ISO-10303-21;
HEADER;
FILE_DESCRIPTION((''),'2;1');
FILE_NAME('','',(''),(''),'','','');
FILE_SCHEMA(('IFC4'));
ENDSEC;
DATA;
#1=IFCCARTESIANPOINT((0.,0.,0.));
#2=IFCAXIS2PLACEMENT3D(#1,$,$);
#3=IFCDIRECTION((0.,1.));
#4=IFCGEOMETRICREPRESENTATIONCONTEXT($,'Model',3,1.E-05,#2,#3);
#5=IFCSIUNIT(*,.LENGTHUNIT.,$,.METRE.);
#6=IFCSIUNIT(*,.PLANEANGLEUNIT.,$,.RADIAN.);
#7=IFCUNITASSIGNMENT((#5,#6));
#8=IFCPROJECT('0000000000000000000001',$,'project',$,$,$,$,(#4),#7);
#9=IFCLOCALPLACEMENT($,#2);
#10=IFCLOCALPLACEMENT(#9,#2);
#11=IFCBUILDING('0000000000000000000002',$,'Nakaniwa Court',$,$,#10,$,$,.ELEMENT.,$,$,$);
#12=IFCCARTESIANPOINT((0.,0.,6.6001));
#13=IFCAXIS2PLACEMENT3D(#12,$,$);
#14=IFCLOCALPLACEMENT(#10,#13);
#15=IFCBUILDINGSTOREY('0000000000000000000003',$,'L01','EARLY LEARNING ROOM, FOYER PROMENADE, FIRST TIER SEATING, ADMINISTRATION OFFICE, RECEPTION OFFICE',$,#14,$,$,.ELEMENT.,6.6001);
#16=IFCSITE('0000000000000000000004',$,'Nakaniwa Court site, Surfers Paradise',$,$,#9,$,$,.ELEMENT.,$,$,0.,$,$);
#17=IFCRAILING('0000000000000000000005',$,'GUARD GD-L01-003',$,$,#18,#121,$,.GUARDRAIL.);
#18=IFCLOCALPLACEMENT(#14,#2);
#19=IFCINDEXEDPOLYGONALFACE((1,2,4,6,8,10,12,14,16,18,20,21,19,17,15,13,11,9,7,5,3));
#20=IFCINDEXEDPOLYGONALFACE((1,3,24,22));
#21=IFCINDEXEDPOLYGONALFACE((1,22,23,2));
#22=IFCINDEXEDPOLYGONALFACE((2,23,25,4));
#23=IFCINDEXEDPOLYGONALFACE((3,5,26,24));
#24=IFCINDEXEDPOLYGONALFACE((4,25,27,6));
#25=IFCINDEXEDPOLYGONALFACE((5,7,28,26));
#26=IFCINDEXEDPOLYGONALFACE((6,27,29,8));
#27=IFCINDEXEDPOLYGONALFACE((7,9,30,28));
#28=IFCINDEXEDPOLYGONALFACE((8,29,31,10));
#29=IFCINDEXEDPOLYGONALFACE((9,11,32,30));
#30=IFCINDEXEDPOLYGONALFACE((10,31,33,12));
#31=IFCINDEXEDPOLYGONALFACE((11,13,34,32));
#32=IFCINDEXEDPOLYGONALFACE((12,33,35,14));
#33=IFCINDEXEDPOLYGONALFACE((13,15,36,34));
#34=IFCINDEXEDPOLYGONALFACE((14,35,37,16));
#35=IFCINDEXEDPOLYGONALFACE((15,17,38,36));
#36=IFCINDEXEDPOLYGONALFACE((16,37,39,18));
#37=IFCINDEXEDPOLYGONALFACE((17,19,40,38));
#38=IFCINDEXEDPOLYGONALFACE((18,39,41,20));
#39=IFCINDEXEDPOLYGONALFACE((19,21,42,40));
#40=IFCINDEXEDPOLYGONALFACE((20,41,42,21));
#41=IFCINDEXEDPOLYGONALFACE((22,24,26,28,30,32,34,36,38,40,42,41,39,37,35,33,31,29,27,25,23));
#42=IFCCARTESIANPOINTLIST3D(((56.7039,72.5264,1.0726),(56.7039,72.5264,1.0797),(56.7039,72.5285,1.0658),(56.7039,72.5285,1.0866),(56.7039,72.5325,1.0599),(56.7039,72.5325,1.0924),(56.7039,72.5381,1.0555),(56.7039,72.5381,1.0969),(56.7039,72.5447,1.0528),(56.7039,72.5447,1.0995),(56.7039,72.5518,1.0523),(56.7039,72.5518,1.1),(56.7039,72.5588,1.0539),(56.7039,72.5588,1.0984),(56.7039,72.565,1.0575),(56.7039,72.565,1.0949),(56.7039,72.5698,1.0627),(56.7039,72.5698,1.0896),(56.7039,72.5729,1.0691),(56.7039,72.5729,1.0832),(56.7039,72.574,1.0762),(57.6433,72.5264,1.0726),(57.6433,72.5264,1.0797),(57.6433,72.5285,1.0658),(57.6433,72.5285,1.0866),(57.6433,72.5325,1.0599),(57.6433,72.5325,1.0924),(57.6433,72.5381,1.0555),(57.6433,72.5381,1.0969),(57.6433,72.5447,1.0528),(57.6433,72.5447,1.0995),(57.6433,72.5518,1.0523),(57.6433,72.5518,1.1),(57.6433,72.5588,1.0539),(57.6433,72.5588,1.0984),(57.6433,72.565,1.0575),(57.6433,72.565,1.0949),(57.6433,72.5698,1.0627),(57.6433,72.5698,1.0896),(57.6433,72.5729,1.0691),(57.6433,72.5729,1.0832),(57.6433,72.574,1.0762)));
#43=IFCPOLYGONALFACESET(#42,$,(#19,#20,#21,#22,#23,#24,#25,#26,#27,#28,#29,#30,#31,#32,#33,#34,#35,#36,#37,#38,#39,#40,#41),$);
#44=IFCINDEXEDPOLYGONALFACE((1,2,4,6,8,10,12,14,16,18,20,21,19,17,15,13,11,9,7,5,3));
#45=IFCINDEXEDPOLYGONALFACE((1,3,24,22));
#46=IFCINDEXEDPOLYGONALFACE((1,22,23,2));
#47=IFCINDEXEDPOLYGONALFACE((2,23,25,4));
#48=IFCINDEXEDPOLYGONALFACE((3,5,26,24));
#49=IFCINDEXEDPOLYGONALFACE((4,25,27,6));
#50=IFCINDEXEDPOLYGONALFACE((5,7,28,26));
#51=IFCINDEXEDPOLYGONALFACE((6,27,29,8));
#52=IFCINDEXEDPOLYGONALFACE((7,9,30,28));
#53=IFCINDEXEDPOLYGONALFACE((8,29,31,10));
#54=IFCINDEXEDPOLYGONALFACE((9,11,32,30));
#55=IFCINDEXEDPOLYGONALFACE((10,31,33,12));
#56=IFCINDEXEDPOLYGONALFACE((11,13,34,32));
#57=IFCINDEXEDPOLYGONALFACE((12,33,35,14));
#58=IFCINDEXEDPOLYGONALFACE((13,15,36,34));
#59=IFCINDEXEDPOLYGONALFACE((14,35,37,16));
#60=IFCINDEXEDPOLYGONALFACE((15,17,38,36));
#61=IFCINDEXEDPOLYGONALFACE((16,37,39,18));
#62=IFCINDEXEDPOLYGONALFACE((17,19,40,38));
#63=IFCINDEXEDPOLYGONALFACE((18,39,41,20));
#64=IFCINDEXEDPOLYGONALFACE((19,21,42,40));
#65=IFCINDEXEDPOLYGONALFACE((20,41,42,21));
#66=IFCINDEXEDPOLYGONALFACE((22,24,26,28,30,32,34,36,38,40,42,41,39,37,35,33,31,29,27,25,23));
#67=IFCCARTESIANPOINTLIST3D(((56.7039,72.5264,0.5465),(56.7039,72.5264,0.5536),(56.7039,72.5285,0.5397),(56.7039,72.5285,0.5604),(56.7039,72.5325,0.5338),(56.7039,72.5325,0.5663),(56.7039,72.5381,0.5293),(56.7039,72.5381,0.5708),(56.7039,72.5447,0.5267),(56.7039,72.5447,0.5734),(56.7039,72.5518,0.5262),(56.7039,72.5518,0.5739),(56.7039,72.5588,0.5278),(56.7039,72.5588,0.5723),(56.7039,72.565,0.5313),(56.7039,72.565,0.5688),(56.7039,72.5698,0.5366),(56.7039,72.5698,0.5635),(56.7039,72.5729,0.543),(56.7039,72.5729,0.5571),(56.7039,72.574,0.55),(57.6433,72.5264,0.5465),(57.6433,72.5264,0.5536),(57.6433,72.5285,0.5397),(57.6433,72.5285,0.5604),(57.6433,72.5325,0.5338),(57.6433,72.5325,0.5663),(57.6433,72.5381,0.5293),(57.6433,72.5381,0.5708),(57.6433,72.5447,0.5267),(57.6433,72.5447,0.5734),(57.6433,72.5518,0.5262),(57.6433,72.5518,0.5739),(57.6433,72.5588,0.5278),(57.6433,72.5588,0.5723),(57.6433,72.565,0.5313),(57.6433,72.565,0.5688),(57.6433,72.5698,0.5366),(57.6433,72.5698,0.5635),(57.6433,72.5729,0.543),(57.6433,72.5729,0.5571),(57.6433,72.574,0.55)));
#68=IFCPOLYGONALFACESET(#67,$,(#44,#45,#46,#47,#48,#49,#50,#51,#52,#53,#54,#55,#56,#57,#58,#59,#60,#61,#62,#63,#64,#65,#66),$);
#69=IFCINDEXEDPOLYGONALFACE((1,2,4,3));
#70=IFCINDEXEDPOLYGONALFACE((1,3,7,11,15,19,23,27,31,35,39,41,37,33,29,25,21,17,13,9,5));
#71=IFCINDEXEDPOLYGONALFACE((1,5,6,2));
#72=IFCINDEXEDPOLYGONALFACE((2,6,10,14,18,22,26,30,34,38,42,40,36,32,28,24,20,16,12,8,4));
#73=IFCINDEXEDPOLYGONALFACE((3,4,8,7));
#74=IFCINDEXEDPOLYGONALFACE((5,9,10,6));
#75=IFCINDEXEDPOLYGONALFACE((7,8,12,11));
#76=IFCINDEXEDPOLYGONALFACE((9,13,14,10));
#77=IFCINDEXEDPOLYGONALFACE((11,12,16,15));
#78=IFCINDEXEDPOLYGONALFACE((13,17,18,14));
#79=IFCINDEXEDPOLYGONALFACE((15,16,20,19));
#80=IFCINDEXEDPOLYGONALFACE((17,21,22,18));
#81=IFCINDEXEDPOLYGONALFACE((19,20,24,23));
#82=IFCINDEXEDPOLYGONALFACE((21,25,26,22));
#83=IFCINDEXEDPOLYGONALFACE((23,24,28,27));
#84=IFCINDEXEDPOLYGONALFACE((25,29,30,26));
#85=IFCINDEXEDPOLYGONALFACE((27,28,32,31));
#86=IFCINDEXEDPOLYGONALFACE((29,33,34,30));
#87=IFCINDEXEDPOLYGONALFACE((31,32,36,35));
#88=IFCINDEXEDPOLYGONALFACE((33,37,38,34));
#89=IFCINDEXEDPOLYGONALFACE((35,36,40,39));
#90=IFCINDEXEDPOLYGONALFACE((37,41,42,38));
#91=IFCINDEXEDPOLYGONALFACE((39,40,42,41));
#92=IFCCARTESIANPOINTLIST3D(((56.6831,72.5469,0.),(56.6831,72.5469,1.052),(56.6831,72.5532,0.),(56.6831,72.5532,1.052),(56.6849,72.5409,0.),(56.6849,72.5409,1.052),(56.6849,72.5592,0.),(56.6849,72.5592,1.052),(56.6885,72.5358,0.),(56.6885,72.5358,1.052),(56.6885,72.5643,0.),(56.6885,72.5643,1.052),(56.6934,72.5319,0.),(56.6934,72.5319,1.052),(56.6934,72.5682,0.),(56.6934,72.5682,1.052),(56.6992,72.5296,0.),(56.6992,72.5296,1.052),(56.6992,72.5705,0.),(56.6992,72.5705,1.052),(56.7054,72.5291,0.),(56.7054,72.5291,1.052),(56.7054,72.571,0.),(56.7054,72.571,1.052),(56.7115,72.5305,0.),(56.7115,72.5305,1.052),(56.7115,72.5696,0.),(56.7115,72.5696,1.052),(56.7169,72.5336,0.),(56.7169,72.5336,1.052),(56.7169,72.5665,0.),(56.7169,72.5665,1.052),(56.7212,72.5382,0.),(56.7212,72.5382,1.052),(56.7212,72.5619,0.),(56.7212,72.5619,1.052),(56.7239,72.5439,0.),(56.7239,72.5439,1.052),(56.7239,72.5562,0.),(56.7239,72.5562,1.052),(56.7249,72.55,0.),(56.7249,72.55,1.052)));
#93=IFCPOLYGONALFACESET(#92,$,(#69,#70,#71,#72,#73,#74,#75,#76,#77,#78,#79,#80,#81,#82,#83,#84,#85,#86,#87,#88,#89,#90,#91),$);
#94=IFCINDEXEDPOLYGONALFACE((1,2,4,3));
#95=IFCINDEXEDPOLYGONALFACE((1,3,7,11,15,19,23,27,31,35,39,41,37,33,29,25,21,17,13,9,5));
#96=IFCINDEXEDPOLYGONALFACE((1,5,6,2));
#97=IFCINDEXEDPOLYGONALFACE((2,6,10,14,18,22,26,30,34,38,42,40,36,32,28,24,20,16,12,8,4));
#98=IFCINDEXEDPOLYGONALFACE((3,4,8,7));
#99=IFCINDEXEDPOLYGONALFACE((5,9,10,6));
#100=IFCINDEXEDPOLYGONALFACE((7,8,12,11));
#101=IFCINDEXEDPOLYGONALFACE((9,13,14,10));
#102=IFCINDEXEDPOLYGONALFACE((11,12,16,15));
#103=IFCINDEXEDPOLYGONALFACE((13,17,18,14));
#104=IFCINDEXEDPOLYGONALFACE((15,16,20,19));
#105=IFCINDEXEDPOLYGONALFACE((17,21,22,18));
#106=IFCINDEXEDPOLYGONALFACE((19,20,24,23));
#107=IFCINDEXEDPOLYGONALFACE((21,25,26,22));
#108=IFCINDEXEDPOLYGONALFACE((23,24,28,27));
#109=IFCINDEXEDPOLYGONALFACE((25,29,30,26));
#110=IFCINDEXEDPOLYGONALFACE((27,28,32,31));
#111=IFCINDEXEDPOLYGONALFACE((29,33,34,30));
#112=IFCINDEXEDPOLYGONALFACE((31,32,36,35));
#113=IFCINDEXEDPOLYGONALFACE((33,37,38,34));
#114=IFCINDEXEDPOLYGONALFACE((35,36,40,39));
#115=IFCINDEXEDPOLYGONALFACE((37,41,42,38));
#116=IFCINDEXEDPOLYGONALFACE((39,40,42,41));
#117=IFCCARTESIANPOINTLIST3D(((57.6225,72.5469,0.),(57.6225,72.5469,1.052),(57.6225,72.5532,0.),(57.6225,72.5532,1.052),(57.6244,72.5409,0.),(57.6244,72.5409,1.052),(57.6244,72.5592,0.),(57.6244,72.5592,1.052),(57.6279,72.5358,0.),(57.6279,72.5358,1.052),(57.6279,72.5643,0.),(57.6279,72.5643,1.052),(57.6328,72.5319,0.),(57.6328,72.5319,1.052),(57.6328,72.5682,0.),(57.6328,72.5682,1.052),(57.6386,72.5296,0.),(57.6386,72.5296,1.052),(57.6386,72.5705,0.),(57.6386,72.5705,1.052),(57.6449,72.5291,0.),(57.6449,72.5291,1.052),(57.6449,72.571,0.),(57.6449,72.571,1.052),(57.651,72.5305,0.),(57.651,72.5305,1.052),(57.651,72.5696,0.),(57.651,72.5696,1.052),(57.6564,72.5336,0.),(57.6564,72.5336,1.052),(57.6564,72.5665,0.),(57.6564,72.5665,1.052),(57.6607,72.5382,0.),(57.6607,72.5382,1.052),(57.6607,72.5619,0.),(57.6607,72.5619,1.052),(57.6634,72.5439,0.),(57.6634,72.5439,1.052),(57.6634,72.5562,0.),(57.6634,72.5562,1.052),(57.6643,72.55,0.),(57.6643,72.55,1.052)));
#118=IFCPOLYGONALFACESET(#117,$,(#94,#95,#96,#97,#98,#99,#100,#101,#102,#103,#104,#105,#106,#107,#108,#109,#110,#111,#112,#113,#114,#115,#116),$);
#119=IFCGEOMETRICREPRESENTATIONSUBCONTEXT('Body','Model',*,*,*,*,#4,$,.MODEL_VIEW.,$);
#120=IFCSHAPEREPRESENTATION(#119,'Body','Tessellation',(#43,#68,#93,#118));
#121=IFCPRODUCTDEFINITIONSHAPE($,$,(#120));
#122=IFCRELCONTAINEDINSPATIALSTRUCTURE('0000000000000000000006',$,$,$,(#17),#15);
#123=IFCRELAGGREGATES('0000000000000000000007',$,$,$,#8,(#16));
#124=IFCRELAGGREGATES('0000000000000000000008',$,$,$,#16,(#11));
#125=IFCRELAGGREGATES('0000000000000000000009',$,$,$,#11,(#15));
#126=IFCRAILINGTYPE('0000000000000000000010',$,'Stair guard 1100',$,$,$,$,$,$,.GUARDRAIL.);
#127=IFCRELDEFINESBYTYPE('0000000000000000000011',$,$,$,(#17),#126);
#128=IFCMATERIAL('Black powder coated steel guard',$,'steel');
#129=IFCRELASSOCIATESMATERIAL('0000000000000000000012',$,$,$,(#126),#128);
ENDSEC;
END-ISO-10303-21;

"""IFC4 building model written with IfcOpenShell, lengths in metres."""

from ifc_helpers import new_model, si_unit, direction, frame, origin, origin_2d, place, context, subcontext, project, spatial, circle, extrude, material, type_object, element, save


model = new_model("IFC4")

# Units and contexts
model_context = context("Model", 3, precision=1e-05, world=origin(), true_north=direction((0.0, 1.0)))
body_context = subcontext(model_context, "Body", "Model", "MODEL_VIEW")
ifc_project = project(units=[si_unit("LENGTHUNIT", "METRE"), si_unit("PLANEANGLEUNIT", "RADIAN")], contexts=[model_context])

# Site, building, storey
site_placement = place(None, origin())
site = spatial("IfcSite", under=ifc_project, at=site_placement, Name="Nakaniwa Court site, Surfers Paradise", CompositionType="ELEMENT", RefElevation=0.0)
building_placement = place(site_placement, origin())
building = spatial("IfcBuilding", under=site, at=building_placement, Name="Nakaniwa Court", CompositionType="ELEMENT")
storey_placement = place(building_placement, frame((0.0, 0.0, 6.6001)))
storey = spatial("IfcBuildingStorey", under=building, at=storey_placement, Name="L01", Description="EARLY LEARNING ROOM, FOYER PROMENADE, FIRST TIER SEATING, ADMINISTRATION OFFICE, RECEPTION OFFICE", CompositionType="ELEMENT", Elevation=6.6001)

# Railing
ifc_material_1 = material(Name="Black powder coated steel guard", Category="steel")
railing_type = type_object("IfcRailingType", Name="Stair guard 1100", PredefinedType="GUARDRAIL", material=ifc_material_1)
railing_1_placement = place(storey_placement, frame((56.7039, 72.55, 0.0)))
element("IfcRailing", 1, at=railing_1_placement, inside=storey, type_object=railing_type, Name="GUARD GD-L01-003", PredefinedType="GUARDRAIL", context=body_context, shape_type="SweptSolid", body=[
    extrude(circle(Radius=0.0239, at=origin_2d()), frame((0.0, 0.0, 1.0762), z_axis=(1.0, 0.0, 0.0), x_axis=(0.0, 1.0, 0.0)), (0.0, 0.0, 1.0), 0.9395),
    extrude(circle(Radius=0.0239, at=origin_2d()), frame((0.0, 0.0, 0.55), z_axis=(1.0, 0.0, 0.0), x_axis=(0.0, 1.0, 0.0)), (0.0, 0.0, 1.0), 0.9395),
    extrude(circle(Radius=0.021, at=origin_2d()), origin(), (0.0, 0.0, 1.0), 1.052),
    extrude(circle(Radius=0.021, at=origin_2d()), frame((0.9395, 0.0, 0.0)), (0.0, 0.0, 1.0), 1.052),
])

save(model, "model.ifc")
